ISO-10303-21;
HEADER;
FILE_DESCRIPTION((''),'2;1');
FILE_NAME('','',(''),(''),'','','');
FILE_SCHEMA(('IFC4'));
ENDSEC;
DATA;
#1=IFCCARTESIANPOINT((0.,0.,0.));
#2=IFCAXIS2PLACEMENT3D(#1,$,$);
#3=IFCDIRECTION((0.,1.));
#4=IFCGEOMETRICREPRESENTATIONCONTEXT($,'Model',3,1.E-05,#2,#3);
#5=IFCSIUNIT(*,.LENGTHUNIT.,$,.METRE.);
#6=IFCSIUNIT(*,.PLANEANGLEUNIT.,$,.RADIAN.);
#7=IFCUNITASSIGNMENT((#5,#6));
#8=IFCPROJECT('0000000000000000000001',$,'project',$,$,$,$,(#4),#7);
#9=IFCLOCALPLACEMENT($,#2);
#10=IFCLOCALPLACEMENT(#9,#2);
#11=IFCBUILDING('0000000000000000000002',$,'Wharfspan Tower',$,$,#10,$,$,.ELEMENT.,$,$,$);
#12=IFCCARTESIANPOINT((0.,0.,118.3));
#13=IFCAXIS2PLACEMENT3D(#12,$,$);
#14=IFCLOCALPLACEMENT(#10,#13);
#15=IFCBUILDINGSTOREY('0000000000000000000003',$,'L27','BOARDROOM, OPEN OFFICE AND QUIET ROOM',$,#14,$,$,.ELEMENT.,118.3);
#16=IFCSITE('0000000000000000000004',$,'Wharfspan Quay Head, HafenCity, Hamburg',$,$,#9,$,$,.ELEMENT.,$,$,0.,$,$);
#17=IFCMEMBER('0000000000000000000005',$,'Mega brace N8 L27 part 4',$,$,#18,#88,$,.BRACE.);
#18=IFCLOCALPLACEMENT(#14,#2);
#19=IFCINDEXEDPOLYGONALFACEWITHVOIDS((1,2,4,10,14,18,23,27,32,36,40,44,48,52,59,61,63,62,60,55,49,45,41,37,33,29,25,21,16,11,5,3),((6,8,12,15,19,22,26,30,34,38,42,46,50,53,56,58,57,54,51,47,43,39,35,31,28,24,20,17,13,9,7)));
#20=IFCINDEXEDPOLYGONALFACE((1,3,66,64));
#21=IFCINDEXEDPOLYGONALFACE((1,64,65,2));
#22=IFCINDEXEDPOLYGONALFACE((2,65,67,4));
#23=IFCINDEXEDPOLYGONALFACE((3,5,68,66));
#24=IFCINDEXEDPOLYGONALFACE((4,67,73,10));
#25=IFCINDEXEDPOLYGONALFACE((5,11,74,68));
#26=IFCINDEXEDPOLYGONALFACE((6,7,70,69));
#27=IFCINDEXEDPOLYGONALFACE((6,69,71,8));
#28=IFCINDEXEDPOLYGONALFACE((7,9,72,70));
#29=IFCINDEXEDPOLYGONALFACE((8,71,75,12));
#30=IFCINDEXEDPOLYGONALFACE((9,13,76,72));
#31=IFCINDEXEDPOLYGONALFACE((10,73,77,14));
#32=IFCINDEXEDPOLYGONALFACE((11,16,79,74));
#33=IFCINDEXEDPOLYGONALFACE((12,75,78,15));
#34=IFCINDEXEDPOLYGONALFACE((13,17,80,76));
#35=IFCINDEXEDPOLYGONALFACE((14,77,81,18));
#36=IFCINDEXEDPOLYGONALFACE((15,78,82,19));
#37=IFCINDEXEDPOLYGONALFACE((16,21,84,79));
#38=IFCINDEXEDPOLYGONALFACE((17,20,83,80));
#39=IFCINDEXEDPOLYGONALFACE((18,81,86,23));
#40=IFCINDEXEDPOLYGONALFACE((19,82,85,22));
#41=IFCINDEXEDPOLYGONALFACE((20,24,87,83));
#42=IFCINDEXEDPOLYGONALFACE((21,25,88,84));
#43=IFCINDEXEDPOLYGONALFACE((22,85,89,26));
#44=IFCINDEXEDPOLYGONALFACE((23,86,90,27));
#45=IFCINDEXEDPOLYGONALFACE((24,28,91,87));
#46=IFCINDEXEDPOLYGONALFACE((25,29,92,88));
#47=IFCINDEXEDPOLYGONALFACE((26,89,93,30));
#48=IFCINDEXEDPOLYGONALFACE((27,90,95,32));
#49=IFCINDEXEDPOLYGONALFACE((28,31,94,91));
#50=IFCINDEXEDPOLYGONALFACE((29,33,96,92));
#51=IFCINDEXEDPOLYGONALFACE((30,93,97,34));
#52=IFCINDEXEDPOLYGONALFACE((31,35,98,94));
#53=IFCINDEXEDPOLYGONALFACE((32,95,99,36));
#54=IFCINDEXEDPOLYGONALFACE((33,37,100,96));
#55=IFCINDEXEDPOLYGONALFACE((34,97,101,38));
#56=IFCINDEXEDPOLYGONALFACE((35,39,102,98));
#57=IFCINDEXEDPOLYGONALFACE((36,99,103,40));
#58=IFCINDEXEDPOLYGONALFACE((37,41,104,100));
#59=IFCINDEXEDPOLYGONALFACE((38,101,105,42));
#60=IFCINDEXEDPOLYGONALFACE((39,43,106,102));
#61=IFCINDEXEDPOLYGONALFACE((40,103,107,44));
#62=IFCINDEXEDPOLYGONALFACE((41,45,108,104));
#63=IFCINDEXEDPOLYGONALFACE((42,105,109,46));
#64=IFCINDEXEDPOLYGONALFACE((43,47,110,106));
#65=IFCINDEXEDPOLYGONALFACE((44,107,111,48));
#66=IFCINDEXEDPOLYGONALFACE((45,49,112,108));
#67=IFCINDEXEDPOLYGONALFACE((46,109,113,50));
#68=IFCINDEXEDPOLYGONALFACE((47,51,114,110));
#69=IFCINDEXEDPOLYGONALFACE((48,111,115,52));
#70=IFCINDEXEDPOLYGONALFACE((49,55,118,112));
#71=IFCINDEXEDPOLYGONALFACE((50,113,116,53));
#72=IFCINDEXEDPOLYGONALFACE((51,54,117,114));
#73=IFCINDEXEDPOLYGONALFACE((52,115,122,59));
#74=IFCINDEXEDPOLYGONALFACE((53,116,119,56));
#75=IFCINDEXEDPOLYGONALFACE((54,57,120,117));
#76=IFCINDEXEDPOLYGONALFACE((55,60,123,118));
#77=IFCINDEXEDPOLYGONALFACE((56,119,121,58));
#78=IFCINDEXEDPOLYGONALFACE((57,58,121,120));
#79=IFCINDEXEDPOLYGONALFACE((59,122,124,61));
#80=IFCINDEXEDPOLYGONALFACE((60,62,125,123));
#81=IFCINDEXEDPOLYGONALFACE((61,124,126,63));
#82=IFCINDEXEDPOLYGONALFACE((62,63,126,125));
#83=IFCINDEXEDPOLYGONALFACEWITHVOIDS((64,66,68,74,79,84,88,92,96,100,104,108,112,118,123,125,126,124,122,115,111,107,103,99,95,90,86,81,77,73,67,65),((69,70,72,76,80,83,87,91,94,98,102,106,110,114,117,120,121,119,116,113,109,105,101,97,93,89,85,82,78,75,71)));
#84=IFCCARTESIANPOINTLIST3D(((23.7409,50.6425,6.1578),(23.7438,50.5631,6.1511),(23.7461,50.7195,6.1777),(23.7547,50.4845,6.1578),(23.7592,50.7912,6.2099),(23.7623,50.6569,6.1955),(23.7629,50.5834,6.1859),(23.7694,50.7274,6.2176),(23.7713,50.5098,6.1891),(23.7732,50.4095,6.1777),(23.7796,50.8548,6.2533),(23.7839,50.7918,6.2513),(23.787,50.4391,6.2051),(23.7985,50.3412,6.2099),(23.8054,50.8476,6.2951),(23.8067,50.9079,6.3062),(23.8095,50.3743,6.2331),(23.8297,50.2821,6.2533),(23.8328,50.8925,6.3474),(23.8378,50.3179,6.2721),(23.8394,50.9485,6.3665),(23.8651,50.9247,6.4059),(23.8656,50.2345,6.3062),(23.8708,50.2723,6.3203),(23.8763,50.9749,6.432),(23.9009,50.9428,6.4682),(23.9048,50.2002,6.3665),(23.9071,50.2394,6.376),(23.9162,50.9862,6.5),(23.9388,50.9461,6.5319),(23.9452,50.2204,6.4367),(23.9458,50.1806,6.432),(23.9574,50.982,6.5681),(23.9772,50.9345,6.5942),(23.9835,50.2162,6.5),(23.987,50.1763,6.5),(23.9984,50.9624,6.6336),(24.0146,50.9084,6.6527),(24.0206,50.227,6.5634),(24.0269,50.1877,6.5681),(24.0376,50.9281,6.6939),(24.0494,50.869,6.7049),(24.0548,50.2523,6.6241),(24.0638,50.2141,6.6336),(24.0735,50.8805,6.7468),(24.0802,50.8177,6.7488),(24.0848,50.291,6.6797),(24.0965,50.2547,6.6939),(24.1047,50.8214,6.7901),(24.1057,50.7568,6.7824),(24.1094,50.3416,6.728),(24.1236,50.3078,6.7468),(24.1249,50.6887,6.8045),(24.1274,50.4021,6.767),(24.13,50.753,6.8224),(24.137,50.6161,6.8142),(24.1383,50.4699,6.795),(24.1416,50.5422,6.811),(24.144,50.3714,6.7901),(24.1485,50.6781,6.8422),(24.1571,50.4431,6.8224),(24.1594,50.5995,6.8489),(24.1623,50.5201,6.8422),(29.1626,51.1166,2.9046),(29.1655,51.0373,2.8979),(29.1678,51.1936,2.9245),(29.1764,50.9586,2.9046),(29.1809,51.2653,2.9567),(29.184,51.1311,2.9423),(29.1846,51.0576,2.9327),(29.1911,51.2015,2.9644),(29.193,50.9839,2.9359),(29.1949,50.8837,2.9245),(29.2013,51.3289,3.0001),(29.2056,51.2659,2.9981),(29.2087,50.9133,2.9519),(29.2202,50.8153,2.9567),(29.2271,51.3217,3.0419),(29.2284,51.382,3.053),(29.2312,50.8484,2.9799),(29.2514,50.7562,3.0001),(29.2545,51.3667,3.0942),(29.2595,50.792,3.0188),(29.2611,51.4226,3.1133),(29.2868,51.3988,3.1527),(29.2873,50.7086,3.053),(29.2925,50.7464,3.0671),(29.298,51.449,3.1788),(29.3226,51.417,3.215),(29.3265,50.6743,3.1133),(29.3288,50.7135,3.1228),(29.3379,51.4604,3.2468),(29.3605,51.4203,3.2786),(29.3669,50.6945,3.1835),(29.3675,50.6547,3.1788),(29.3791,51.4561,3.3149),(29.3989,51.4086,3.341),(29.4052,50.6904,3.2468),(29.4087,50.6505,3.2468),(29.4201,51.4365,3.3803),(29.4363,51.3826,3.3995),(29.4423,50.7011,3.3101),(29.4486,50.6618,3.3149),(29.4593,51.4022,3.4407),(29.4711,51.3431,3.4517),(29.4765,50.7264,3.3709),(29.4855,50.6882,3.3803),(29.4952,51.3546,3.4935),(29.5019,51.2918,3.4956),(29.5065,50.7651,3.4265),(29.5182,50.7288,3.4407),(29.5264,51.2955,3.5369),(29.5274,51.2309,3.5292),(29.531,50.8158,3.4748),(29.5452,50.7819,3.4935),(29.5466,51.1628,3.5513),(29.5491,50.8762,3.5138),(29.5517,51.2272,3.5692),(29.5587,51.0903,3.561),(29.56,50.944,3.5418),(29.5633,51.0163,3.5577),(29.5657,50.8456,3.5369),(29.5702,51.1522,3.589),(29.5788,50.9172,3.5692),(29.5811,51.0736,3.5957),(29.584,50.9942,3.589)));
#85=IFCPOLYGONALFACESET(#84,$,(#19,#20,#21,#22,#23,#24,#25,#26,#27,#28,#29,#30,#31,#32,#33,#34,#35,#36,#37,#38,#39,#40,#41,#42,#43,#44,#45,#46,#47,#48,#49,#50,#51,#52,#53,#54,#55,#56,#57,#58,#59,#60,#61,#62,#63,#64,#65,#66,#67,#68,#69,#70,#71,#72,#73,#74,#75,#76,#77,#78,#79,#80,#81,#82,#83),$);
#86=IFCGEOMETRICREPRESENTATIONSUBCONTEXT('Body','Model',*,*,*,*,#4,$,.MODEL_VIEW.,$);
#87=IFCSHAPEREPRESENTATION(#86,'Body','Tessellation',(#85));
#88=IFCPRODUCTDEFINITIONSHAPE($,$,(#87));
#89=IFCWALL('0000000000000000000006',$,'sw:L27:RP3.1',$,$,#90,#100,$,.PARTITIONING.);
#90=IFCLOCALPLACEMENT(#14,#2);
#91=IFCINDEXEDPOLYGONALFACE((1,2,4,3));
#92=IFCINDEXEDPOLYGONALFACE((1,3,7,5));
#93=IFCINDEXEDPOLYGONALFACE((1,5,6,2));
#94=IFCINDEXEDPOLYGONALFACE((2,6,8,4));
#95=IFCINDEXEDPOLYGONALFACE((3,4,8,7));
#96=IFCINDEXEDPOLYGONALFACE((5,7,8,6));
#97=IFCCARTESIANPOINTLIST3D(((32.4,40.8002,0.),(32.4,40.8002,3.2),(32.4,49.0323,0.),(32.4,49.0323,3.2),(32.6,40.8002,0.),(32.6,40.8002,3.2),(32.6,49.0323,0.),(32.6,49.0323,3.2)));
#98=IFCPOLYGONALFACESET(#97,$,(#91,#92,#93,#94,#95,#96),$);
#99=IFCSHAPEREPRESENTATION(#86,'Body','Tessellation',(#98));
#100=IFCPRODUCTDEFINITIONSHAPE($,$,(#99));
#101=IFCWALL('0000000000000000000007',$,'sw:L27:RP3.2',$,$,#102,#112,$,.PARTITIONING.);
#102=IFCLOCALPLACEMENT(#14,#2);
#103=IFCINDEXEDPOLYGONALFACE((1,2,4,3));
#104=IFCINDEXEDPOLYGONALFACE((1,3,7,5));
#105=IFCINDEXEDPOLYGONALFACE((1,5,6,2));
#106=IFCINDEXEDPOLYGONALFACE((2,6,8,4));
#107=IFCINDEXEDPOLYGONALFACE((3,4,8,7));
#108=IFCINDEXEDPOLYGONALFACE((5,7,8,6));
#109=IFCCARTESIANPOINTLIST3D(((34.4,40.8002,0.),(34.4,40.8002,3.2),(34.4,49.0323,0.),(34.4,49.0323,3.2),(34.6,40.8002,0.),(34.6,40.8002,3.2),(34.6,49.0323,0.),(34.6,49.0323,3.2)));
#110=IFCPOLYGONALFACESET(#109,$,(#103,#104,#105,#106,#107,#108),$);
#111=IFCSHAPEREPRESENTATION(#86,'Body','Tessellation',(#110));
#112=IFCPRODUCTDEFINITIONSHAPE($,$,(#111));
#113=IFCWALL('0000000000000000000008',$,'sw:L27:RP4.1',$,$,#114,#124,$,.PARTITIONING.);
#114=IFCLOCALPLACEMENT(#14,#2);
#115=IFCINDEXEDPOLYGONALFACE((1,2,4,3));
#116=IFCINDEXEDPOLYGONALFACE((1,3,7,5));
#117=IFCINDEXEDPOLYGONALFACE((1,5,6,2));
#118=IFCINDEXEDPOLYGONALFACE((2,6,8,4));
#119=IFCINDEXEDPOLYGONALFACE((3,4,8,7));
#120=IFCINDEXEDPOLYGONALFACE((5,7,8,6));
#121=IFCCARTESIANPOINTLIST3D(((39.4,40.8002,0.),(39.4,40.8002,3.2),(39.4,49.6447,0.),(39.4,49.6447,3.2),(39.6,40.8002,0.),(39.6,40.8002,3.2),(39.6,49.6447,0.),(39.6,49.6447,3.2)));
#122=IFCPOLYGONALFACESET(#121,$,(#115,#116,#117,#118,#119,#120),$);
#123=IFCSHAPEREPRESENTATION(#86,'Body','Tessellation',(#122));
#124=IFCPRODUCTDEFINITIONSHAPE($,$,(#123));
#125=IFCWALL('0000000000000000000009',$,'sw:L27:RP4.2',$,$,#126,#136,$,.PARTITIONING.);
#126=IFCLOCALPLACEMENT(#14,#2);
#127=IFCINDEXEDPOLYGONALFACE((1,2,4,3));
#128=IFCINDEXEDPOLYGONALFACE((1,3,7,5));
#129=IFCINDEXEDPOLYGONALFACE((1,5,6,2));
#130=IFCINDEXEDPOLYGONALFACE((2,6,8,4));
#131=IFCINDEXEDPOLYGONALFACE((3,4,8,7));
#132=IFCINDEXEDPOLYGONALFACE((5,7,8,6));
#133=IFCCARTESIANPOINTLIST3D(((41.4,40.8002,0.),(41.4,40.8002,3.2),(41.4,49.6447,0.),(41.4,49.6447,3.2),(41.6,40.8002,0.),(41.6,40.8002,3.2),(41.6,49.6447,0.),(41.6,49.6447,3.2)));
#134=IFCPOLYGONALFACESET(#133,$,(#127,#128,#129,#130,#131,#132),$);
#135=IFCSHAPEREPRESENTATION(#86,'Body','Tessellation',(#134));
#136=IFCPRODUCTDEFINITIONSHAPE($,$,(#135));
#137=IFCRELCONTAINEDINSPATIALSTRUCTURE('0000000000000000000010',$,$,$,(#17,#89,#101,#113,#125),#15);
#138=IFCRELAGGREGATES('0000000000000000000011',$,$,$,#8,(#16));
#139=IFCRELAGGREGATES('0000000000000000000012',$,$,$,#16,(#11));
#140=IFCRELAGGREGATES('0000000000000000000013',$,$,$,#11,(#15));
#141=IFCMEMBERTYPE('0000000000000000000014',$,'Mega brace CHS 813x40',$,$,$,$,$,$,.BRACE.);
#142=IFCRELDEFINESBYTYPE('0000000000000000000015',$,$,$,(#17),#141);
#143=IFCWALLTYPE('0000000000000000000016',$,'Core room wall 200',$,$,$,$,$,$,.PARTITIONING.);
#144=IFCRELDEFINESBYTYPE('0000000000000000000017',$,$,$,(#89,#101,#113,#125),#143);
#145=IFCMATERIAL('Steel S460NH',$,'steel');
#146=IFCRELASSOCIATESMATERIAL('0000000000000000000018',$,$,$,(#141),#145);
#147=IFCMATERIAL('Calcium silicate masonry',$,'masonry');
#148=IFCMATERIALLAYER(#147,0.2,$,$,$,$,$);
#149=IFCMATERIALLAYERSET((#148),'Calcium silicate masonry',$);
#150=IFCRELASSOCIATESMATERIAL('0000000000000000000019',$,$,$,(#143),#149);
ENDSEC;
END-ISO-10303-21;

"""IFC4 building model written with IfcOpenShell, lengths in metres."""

from ifc_helpers import new_model, si_unit, direction, frame, frame_2d, origin, origin_2d, place, context, subcontext, project, spatial, rectangle, hollow_circle, extrude, material, layer, layer_set, material_profile, profile_set, type_object, element, save


model = new_model("IFC4")

# Units and contexts
model_context = context("Model", 3, precision=1e-05, world=origin(), true_north=direction((0.0, 1.0)))
body_context = subcontext(model_context, "Body", "Model", "MODEL_VIEW")
ifc_project = project(units=[si_unit("LENGTHUNIT", "METRE"), si_unit("PLANEANGLEUNIT", "RADIAN")], contexts=[model_context])

# Site, building, storey
site_placement = place(None, origin())
site = spatial("IfcSite", under=ifc_project, at=site_placement, Name="Wharfspan Quay Head, HafenCity, Hamburg", CompositionType="ELEMENT", RefElevation=0.0)
building_placement = place(site_placement, origin())
building = spatial("IfcBuilding", under=site, at=building_placement, Name="Wharfspan Tower", CompositionType="ELEMENT")
storey_placement = place(building_placement, frame((0.0, 0.0, 118.3)))
storey = spatial("IfcBuildingStorey", under=building, at=storey_placement, Name="L27", Description="BOARDROOM, OPEN OFFICE AND QUIET ROOM", CompositionType="ELEMENT", Elevation=118.3)

# Member
ifc_material_1 = material(Name="Steel S460NH", Category="steel")
ifc_material_profile_1 = material_profile(ifc_material_1, hollow_circle(Radius=0.4065, WallThickness=0.04, at=origin_2d()))
ifc_profile_set_1 = profile_set([ifc_material_profile_1], Name="Steel S460NH")
member_type = type_object("IfcMemberType", Name="Mega brace CHS 813x40", PredefinedType="BRACE", material=ifc_profile_set_1)
member_1_placement = place(storey_placement, frame((29.3733, 51.0554, 3.2468), z_axis=(-0.855079, -0.074777, 0.513078), x_axis=(0.087118, -0.996199, 0.0)))
element("IfcMember", 1, at=member_1_placement, inside=storey, type_object=member_type, Name="Mega brace N8 L27 part 4", PredefinedType="BRACE", context=body_context, shape_type="SweptSolid", body=[
    extrude(hollow_circle(Radius=0.4065, WallThickness=0.04, at=origin_2d()), origin(), (0.0, 0.0, 1.0), 6.3406),
])

# Walls
ifc_material_2 = material(Name="Calcium silicate masonry", Category="masonry")
ifc_layer_1 = layer(ifc_material_2, 0.2)
ifc_layer_set_1 = layer_set([ifc_layer_1], Name="Calcium silicate masonry")
wall_type_1 = type_object("IfcWallType", Name="Core room wall 200", PredefinedType="PARTITIONING", material=ifc_layer_set_1)
for number, where, z_axis, x_axis, name in (
    (2, (32.5, 40.8, 0.0), (0.0, 0.0, 1.0), (0.0, 1.0, 0.0), "sw:L27:RP3.1"),
    (3, (34.5, 40.8, 0.0), (0.0, 0.0, 1.0), (0.0, 1.0, 0.0), "sw:L27:RP3.2"),
):
    element("IfcWall", number, at=place(storey_placement, frame(where, z_axis=z_axis, x_axis=x_axis)), inside=storey, type_object=wall_type_1, Name=name, PredefinedType="PARTITIONING", context=body_context, shape_type="SweptSolid", body=[
        extrude(rectangle(XDim=8.2322, YDim=0.2, at=frame_2d((4.1162, 0.0))), origin(), (0.0, 0.0, 1.0), 3.2),
    ])
for number, where, z_axis, x_axis, name in (
    (4, (39.5, 40.8, 0.0), (0.0, 0.0, 1.0), (0.0, 1.0, 0.0), "sw:L27:RP4.1"),
    (5, (41.5, 40.8, 0.0), (0.0, 0.0, 1.0), (0.0, 1.0, 0.0), "sw:L27:RP4.2"),
):
    element("IfcWall", number, at=place(storey_placement, frame(where, z_axis=z_axis, x_axis=x_axis)), inside=storey, type_object=wall_type_1, Name=name, PredefinedType="PARTITIONING", context=body_context, shape_type="SweptSolid", body=[
        extrude(rectangle(XDim=8.8445, YDim=0.2, at=frame_2d((4.4224, 0.0))), origin(), (0.0, 0.0, 1.0), 3.2),
    ])

save(model, "model.ifc")
